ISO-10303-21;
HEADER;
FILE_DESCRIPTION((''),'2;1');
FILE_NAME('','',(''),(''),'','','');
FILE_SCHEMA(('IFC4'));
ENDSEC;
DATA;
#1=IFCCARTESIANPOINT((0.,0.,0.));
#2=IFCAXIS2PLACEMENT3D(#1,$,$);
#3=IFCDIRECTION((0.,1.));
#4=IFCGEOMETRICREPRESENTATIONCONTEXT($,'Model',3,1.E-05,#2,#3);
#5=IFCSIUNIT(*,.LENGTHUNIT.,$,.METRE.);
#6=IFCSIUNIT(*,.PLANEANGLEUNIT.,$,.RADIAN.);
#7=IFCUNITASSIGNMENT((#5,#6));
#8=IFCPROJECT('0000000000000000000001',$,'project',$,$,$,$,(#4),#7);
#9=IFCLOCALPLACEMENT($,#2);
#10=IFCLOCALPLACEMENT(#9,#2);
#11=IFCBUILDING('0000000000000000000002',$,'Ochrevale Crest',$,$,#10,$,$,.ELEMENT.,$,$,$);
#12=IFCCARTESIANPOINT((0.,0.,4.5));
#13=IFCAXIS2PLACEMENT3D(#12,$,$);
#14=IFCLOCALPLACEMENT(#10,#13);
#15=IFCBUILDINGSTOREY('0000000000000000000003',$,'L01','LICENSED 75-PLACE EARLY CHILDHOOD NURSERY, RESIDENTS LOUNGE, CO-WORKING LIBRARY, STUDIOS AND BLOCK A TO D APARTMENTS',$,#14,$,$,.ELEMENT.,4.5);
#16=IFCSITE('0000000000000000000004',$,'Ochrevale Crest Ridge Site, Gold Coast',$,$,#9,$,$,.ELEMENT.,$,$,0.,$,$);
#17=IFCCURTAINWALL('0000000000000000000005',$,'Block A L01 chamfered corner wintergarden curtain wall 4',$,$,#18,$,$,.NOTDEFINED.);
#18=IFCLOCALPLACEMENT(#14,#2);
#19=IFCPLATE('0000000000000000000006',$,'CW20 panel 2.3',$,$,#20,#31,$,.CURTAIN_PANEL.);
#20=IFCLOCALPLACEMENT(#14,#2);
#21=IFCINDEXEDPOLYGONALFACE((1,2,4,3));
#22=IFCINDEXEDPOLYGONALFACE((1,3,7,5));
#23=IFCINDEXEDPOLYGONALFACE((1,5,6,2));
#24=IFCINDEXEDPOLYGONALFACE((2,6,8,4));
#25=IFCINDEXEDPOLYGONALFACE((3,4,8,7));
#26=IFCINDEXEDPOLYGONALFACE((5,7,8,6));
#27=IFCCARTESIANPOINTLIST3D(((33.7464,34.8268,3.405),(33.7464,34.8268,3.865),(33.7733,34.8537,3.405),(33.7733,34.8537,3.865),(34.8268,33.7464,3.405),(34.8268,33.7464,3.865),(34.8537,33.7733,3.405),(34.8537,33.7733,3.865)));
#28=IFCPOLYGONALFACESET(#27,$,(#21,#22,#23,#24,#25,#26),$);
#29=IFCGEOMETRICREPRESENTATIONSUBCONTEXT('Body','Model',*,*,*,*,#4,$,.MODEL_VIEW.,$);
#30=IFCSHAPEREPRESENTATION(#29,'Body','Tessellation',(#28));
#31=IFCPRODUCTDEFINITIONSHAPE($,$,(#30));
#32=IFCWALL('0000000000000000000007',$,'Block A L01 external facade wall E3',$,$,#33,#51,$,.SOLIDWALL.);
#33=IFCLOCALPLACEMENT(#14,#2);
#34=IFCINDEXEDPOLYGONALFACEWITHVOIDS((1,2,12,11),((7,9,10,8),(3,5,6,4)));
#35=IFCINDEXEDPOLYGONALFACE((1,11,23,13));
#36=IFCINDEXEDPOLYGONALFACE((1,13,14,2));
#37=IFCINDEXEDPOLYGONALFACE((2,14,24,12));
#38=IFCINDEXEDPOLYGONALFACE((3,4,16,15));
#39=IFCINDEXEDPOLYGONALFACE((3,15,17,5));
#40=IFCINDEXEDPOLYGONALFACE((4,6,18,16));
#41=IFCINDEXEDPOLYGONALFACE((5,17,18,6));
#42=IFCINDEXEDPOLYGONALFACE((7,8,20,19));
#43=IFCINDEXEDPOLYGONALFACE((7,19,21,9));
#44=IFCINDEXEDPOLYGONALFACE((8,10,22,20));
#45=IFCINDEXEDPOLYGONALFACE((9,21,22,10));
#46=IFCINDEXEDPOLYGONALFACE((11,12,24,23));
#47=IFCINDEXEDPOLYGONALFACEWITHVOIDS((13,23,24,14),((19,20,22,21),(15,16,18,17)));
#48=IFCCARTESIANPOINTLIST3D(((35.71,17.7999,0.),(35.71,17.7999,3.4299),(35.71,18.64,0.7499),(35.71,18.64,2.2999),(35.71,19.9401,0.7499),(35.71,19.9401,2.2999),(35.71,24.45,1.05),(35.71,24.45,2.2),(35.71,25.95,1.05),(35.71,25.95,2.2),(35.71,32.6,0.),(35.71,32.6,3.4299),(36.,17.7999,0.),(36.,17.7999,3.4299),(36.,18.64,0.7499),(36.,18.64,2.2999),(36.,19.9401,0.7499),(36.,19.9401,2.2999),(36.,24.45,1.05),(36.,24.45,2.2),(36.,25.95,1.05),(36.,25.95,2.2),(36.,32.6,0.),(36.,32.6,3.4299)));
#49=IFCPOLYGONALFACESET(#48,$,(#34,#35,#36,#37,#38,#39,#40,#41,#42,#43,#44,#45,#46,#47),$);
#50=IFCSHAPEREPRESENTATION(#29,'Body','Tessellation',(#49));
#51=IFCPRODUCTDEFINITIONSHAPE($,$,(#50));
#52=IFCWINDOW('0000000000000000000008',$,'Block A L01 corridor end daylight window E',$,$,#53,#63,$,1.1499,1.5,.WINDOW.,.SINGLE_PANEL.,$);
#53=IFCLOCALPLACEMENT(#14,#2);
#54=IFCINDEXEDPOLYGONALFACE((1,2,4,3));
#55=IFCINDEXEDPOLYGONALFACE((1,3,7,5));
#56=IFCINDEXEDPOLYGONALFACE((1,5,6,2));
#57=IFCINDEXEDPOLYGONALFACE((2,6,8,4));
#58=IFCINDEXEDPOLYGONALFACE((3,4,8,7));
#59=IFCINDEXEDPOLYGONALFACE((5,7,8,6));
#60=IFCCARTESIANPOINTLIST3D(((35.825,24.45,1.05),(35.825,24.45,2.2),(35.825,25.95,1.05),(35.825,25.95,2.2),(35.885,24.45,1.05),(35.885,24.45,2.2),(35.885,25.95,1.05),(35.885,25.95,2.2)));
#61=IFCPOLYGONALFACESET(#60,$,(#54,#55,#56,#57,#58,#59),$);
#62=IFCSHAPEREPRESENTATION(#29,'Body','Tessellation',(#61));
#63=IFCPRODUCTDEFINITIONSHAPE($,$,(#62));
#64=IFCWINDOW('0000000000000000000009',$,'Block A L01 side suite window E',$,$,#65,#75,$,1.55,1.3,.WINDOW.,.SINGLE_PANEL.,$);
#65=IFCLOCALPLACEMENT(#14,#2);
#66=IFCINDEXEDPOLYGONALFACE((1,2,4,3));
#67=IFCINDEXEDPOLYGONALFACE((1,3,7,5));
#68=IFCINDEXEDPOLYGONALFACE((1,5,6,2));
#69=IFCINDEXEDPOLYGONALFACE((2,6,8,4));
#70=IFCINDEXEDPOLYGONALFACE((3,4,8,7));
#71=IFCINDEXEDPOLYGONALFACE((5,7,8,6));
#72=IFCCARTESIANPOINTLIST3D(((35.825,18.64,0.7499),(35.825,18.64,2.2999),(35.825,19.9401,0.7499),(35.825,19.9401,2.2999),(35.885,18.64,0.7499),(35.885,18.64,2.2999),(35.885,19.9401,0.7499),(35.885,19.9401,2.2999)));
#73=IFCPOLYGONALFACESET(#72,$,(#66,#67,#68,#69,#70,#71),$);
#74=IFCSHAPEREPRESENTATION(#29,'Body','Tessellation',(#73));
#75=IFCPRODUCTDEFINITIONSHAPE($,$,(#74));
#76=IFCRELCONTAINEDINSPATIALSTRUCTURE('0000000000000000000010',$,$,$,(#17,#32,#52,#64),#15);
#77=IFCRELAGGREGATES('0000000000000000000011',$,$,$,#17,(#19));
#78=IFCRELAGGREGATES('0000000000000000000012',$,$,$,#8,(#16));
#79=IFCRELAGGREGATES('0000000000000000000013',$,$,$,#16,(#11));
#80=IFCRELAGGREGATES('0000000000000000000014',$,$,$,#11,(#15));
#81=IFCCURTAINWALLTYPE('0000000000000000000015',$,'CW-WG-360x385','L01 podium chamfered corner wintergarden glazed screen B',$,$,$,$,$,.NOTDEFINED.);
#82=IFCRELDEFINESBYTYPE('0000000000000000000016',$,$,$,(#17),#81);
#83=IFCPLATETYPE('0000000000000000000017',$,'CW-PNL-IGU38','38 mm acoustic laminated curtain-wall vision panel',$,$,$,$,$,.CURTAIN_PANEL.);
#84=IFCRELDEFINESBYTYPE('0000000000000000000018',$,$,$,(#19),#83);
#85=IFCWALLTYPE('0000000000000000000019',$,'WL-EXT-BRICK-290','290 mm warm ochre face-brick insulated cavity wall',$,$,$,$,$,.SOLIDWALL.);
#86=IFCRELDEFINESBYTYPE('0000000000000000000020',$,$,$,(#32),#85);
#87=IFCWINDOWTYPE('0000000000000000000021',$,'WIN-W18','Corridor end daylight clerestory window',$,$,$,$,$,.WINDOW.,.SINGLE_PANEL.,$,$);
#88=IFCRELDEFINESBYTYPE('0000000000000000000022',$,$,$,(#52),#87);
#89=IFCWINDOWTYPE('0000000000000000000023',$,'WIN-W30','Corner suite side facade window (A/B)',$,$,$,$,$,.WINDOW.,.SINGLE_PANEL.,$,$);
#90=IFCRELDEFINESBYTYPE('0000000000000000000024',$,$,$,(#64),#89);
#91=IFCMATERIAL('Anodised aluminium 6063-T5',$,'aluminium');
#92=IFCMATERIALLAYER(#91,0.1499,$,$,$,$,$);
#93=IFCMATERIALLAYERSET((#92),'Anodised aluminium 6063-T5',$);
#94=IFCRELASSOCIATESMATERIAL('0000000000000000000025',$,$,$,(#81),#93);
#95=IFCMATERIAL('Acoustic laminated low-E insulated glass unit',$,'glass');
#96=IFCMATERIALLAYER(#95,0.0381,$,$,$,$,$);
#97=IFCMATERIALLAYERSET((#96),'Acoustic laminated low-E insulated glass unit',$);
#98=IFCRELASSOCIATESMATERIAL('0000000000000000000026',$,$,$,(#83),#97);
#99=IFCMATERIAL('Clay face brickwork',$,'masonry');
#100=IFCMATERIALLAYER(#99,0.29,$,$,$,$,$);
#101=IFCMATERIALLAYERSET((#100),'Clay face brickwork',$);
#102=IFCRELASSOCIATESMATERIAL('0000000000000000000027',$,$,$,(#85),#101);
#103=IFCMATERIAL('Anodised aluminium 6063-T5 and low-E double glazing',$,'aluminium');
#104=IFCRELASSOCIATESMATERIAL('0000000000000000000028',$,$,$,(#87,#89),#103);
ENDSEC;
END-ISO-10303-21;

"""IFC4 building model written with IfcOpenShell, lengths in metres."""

from ifc_helpers import new_model, si_unit, direction, frame, frame_2d, origin, origin_2d, place, context, subcontext, project, spatial, rectangle, extrude, material, layer, layer_set, type_object, element, fill, aggregate, save


model = new_model("IFC4")

# Units and contexts
model_context = context("Model", 3, precision=1e-05, world=origin(), true_north=direction((0.0, 1.0)))
body_context = subcontext(model_context, "Body", "Model", "MODEL_VIEW")
ifc_project = project(units=[si_unit("LENGTHUNIT", "METRE"), si_unit("PLANEANGLEUNIT", "RADIAN")], contexts=[model_context])

# Site, building, storey
site_placement = place(None, origin())
site = spatial("IfcSite", under=ifc_project, at=site_placement, Name="Ochrevale Crest Ridge Site, Gold Coast", CompositionType="ELEMENT", RefElevation=0.0)
building_placement = place(site_placement, origin())
building = spatial("IfcBuilding", under=site, at=building_placement, Name="Ochrevale Crest", CompositionType="ELEMENT")
storey_placement = place(building_placement, frame((0.0, 0.0, 4.5)))
storey = spatial("IfcBuildingStorey", under=building, at=storey_placement, Name="L01", Description="LICENSED 75-PLACE EARLY CHILDHOOD NURSERY, RESIDENTS LOUNGE, CO-WORKING LIBRARY, STUDIOS AND BLOCK A TO D APARTMENTS", CompositionType="ELEMENT", Elevation=4.5)

# Shared definitions
ifc_material_1 = material(Name="Anodised aluminium 6063-T5", Category="aluminium")
ifc_layer_1 = layer(ifc_material_1, 0.1499)
ifc_layer_set_1 = layer_set([ifc_layer_1], Name="Anodised aluminium 6063-T5")
curtain_wall_type = type_object("IfcCurtainWallType", Name="CW-WG-360x385", Description="L01 podium chamfered corner wintergarden glazed screen B", PredefinedType="NOTDEFINED", material=ifc_layer_set_1)

# Curtain wall
curtain_wall_1_placement = place(storey_placement, origin())
curtain_wall_1 = element("IfcCurtainWall", 1, at=curtain_wall_1_placement, inside=storey, type_object=curtain_wall_type, Name="Block A L01 chamfered corner wintergarden curtain wall 4", PredefinedType="NOTDEFINED")

# Plate
ifc_material_2 = material(Name="Acoustic laminated low-E insulated glass unit", Category="glass")
ifc_layer_2 = layer(ifc_material_2, 0.0381)
ifc_layer_set_2 = layer_set([ifc_layer_2], Name="Acoustic laminated low-E insulated glass unit")
plate_type = type_object("IfcPlateType", Name="CW-PNL-IGU38", Description="38 mm acoustic laminated curtain-wall vision panel", PredefinedType="CURTAIN_PANEL", material=ifc_layer_set_2)
plate_1_placement = place(storey_placement, frame((34.3, 34.3, 3.405), z_axis=(0.0, 0.0, 1.0), x_axis=(-0.707107, 0.707107, 0.0)))
plate_1 = element("IfcPlate", 2, at=plate_1_placement, type_object=plate_type, Name="CW20 panel 2.3", PredefinedType="CURTAIN_PANEL", context=body_context, shape_type="SweptSolid", body=[
    extrude(rectangle(XDim=1.5278, YDim=0.0381, at=origin_2d()), origin(), (0.0, 0.0, 1.0), 0.46),
])
aggregate(curtain_wall_1, [plate_1])

# Wall, openings, windows
ifc_material_3 = material(Name="Clay face brickwork", Category="masonry")
ifc_layer_3 = layer(ifc_material_3, 0.29)
ifc_layer_set_3 = layer_set([ifc_layer_3], Name="Clay face brickwork")
wall_type = type_object("IfcWallType", Name="WL-EXT-BRICK-290", Description="290 mm warm ochre face-brick insulated cavity wall", PredefinedType="SOLIDWALL", material=ifc_layer_set_3)
wall_placement = place(storey_placement, frame((35.855, 17.8, 0.0), z_axis=(0.0, 0.0, 1.0), x_axis=(0.0, 1.0, 0.0)))
wall = element("IfcWall", 3, at=wall_placement, inside=storey, type_object=wall_type, Name="Block A L01 external facade wall E3", PredefinedType="SOLIDWALL", context=body_context, shape_type="SweptSolid", body=[
    extrude(rectangle(XDim=14.8, YDim=0.29, at=frame_2d((7.3999, 0.0))), origin(), (0.0, 0.0, 1.0), 3.4299),
])
opening_1_placement = place(wall_placement, frame((6.6499, 0.0, 1.05)))
opening_1 = element("IfcOpeningElement", 4, at=opening_1_placement, cuts=wall, PredefinedType="OPENING", context=body_context, shape_type="SweptSolid", body=[
    extrude(rectangle(XDim=1.5, YDim=1.1499, at=frame_2d((0.75, 0.575))), frame((0.0, 0.155, 0.0), z_axis=(0.0, -1.0, 0.0), x_axis=(1.0, 0.0, 0.0)), (0.0, 0.0, 1.0), 0.3101),
])
opening_2_placement = place(wall_placement, frame((0.8401, 0.0, 0.75)))
opening_2 = element("IfcOpeningElement", 5, at=opening_2_placement, cuts=wall, PredefinedType="OPENING", context=body_context, shape_type="SweptSolid", body=[
    extrude(rectangle(XDim=1.3, YDim=1.55, at=frame_2d((0.6499, 0.7749))), frame((0.0, 0.155, 0.0), z_axis=(0.0, -1.0, 0.0), x_axis=(1.0, 0.0, 0.0)), (0.0, 0.0, 1.0), 0.3101),
])
ifc_material_4 = material(Name="Anodised aluminium 6063-T5 and low-E double glazing", Category="aluminium")
window_type_1 = type_object("IfcWindowType", Name="WIN-W18", Description="Corridor end daylight clerestory window", PartitioningType="SINGLE_PANEL", PredefinedType="WINDOW", material=ifc_material_4)
window_1_placement = place(opening_1_placement, origin())
window_1 = element("IfcWindow", 6, at=window_1_placement, inside=storey, type_object=window_type_1, Name="Block A L01 corridor end daylight window E", OverallHeight=1.1499, OverallWidth=1.5, PartitioningType="SINGLE_PANEL", PredefinedType="WINDOW", context=body_context, shape_type="SweptSolid", body=[
    extrude(rectangle(XDim=1.5, YDim=1.1499, at=frame_2d((0.75, 0.575))), frame((0.0, 0.03, 0.0), z_axis=(0.0, -1.0, 0.0), x_axis=(1.0, 0.0, 0.0)), (0.0, 0.0, 1.0), 0.0601),
])
fill(opening_1, window_1)
window_type_2 = type_object("IfcWindowType", Name="WIN-W30", Description="Corner suite side facade window (A/B)", PartitioningType="SINGLE_PANEL", PredefinedType="WINDOW", material=ifc_material_4)
window_2_placement = place(opening_2_placement, origin())
window_2 = element("IfcWindow", 7, at=window_2_placement, inside=storey, type_object=window_type_2, Name="Block A L01 side suite window E", OverallHeight=1.55, OverallWidth=1.3, PartitioningType="SINGLE_PANEL", PredefinedType="WINDOW", context=body_context, shape_type="SweptSolid", body=[
    extrude(rectangle(XDim=1.3, YDim=1.55, at=frame_2d((0.6499, 0.7749))), frame((0.0, 0.03, 0.0), z_axis=(0.0, -1.0, 0.0), x_axis=(1.0, 0.0, 0.0)), (0.0, 0.0, 1.0), 0.0601),
])
fill(opening_2, window_2)

save(model, "model.ifc")
